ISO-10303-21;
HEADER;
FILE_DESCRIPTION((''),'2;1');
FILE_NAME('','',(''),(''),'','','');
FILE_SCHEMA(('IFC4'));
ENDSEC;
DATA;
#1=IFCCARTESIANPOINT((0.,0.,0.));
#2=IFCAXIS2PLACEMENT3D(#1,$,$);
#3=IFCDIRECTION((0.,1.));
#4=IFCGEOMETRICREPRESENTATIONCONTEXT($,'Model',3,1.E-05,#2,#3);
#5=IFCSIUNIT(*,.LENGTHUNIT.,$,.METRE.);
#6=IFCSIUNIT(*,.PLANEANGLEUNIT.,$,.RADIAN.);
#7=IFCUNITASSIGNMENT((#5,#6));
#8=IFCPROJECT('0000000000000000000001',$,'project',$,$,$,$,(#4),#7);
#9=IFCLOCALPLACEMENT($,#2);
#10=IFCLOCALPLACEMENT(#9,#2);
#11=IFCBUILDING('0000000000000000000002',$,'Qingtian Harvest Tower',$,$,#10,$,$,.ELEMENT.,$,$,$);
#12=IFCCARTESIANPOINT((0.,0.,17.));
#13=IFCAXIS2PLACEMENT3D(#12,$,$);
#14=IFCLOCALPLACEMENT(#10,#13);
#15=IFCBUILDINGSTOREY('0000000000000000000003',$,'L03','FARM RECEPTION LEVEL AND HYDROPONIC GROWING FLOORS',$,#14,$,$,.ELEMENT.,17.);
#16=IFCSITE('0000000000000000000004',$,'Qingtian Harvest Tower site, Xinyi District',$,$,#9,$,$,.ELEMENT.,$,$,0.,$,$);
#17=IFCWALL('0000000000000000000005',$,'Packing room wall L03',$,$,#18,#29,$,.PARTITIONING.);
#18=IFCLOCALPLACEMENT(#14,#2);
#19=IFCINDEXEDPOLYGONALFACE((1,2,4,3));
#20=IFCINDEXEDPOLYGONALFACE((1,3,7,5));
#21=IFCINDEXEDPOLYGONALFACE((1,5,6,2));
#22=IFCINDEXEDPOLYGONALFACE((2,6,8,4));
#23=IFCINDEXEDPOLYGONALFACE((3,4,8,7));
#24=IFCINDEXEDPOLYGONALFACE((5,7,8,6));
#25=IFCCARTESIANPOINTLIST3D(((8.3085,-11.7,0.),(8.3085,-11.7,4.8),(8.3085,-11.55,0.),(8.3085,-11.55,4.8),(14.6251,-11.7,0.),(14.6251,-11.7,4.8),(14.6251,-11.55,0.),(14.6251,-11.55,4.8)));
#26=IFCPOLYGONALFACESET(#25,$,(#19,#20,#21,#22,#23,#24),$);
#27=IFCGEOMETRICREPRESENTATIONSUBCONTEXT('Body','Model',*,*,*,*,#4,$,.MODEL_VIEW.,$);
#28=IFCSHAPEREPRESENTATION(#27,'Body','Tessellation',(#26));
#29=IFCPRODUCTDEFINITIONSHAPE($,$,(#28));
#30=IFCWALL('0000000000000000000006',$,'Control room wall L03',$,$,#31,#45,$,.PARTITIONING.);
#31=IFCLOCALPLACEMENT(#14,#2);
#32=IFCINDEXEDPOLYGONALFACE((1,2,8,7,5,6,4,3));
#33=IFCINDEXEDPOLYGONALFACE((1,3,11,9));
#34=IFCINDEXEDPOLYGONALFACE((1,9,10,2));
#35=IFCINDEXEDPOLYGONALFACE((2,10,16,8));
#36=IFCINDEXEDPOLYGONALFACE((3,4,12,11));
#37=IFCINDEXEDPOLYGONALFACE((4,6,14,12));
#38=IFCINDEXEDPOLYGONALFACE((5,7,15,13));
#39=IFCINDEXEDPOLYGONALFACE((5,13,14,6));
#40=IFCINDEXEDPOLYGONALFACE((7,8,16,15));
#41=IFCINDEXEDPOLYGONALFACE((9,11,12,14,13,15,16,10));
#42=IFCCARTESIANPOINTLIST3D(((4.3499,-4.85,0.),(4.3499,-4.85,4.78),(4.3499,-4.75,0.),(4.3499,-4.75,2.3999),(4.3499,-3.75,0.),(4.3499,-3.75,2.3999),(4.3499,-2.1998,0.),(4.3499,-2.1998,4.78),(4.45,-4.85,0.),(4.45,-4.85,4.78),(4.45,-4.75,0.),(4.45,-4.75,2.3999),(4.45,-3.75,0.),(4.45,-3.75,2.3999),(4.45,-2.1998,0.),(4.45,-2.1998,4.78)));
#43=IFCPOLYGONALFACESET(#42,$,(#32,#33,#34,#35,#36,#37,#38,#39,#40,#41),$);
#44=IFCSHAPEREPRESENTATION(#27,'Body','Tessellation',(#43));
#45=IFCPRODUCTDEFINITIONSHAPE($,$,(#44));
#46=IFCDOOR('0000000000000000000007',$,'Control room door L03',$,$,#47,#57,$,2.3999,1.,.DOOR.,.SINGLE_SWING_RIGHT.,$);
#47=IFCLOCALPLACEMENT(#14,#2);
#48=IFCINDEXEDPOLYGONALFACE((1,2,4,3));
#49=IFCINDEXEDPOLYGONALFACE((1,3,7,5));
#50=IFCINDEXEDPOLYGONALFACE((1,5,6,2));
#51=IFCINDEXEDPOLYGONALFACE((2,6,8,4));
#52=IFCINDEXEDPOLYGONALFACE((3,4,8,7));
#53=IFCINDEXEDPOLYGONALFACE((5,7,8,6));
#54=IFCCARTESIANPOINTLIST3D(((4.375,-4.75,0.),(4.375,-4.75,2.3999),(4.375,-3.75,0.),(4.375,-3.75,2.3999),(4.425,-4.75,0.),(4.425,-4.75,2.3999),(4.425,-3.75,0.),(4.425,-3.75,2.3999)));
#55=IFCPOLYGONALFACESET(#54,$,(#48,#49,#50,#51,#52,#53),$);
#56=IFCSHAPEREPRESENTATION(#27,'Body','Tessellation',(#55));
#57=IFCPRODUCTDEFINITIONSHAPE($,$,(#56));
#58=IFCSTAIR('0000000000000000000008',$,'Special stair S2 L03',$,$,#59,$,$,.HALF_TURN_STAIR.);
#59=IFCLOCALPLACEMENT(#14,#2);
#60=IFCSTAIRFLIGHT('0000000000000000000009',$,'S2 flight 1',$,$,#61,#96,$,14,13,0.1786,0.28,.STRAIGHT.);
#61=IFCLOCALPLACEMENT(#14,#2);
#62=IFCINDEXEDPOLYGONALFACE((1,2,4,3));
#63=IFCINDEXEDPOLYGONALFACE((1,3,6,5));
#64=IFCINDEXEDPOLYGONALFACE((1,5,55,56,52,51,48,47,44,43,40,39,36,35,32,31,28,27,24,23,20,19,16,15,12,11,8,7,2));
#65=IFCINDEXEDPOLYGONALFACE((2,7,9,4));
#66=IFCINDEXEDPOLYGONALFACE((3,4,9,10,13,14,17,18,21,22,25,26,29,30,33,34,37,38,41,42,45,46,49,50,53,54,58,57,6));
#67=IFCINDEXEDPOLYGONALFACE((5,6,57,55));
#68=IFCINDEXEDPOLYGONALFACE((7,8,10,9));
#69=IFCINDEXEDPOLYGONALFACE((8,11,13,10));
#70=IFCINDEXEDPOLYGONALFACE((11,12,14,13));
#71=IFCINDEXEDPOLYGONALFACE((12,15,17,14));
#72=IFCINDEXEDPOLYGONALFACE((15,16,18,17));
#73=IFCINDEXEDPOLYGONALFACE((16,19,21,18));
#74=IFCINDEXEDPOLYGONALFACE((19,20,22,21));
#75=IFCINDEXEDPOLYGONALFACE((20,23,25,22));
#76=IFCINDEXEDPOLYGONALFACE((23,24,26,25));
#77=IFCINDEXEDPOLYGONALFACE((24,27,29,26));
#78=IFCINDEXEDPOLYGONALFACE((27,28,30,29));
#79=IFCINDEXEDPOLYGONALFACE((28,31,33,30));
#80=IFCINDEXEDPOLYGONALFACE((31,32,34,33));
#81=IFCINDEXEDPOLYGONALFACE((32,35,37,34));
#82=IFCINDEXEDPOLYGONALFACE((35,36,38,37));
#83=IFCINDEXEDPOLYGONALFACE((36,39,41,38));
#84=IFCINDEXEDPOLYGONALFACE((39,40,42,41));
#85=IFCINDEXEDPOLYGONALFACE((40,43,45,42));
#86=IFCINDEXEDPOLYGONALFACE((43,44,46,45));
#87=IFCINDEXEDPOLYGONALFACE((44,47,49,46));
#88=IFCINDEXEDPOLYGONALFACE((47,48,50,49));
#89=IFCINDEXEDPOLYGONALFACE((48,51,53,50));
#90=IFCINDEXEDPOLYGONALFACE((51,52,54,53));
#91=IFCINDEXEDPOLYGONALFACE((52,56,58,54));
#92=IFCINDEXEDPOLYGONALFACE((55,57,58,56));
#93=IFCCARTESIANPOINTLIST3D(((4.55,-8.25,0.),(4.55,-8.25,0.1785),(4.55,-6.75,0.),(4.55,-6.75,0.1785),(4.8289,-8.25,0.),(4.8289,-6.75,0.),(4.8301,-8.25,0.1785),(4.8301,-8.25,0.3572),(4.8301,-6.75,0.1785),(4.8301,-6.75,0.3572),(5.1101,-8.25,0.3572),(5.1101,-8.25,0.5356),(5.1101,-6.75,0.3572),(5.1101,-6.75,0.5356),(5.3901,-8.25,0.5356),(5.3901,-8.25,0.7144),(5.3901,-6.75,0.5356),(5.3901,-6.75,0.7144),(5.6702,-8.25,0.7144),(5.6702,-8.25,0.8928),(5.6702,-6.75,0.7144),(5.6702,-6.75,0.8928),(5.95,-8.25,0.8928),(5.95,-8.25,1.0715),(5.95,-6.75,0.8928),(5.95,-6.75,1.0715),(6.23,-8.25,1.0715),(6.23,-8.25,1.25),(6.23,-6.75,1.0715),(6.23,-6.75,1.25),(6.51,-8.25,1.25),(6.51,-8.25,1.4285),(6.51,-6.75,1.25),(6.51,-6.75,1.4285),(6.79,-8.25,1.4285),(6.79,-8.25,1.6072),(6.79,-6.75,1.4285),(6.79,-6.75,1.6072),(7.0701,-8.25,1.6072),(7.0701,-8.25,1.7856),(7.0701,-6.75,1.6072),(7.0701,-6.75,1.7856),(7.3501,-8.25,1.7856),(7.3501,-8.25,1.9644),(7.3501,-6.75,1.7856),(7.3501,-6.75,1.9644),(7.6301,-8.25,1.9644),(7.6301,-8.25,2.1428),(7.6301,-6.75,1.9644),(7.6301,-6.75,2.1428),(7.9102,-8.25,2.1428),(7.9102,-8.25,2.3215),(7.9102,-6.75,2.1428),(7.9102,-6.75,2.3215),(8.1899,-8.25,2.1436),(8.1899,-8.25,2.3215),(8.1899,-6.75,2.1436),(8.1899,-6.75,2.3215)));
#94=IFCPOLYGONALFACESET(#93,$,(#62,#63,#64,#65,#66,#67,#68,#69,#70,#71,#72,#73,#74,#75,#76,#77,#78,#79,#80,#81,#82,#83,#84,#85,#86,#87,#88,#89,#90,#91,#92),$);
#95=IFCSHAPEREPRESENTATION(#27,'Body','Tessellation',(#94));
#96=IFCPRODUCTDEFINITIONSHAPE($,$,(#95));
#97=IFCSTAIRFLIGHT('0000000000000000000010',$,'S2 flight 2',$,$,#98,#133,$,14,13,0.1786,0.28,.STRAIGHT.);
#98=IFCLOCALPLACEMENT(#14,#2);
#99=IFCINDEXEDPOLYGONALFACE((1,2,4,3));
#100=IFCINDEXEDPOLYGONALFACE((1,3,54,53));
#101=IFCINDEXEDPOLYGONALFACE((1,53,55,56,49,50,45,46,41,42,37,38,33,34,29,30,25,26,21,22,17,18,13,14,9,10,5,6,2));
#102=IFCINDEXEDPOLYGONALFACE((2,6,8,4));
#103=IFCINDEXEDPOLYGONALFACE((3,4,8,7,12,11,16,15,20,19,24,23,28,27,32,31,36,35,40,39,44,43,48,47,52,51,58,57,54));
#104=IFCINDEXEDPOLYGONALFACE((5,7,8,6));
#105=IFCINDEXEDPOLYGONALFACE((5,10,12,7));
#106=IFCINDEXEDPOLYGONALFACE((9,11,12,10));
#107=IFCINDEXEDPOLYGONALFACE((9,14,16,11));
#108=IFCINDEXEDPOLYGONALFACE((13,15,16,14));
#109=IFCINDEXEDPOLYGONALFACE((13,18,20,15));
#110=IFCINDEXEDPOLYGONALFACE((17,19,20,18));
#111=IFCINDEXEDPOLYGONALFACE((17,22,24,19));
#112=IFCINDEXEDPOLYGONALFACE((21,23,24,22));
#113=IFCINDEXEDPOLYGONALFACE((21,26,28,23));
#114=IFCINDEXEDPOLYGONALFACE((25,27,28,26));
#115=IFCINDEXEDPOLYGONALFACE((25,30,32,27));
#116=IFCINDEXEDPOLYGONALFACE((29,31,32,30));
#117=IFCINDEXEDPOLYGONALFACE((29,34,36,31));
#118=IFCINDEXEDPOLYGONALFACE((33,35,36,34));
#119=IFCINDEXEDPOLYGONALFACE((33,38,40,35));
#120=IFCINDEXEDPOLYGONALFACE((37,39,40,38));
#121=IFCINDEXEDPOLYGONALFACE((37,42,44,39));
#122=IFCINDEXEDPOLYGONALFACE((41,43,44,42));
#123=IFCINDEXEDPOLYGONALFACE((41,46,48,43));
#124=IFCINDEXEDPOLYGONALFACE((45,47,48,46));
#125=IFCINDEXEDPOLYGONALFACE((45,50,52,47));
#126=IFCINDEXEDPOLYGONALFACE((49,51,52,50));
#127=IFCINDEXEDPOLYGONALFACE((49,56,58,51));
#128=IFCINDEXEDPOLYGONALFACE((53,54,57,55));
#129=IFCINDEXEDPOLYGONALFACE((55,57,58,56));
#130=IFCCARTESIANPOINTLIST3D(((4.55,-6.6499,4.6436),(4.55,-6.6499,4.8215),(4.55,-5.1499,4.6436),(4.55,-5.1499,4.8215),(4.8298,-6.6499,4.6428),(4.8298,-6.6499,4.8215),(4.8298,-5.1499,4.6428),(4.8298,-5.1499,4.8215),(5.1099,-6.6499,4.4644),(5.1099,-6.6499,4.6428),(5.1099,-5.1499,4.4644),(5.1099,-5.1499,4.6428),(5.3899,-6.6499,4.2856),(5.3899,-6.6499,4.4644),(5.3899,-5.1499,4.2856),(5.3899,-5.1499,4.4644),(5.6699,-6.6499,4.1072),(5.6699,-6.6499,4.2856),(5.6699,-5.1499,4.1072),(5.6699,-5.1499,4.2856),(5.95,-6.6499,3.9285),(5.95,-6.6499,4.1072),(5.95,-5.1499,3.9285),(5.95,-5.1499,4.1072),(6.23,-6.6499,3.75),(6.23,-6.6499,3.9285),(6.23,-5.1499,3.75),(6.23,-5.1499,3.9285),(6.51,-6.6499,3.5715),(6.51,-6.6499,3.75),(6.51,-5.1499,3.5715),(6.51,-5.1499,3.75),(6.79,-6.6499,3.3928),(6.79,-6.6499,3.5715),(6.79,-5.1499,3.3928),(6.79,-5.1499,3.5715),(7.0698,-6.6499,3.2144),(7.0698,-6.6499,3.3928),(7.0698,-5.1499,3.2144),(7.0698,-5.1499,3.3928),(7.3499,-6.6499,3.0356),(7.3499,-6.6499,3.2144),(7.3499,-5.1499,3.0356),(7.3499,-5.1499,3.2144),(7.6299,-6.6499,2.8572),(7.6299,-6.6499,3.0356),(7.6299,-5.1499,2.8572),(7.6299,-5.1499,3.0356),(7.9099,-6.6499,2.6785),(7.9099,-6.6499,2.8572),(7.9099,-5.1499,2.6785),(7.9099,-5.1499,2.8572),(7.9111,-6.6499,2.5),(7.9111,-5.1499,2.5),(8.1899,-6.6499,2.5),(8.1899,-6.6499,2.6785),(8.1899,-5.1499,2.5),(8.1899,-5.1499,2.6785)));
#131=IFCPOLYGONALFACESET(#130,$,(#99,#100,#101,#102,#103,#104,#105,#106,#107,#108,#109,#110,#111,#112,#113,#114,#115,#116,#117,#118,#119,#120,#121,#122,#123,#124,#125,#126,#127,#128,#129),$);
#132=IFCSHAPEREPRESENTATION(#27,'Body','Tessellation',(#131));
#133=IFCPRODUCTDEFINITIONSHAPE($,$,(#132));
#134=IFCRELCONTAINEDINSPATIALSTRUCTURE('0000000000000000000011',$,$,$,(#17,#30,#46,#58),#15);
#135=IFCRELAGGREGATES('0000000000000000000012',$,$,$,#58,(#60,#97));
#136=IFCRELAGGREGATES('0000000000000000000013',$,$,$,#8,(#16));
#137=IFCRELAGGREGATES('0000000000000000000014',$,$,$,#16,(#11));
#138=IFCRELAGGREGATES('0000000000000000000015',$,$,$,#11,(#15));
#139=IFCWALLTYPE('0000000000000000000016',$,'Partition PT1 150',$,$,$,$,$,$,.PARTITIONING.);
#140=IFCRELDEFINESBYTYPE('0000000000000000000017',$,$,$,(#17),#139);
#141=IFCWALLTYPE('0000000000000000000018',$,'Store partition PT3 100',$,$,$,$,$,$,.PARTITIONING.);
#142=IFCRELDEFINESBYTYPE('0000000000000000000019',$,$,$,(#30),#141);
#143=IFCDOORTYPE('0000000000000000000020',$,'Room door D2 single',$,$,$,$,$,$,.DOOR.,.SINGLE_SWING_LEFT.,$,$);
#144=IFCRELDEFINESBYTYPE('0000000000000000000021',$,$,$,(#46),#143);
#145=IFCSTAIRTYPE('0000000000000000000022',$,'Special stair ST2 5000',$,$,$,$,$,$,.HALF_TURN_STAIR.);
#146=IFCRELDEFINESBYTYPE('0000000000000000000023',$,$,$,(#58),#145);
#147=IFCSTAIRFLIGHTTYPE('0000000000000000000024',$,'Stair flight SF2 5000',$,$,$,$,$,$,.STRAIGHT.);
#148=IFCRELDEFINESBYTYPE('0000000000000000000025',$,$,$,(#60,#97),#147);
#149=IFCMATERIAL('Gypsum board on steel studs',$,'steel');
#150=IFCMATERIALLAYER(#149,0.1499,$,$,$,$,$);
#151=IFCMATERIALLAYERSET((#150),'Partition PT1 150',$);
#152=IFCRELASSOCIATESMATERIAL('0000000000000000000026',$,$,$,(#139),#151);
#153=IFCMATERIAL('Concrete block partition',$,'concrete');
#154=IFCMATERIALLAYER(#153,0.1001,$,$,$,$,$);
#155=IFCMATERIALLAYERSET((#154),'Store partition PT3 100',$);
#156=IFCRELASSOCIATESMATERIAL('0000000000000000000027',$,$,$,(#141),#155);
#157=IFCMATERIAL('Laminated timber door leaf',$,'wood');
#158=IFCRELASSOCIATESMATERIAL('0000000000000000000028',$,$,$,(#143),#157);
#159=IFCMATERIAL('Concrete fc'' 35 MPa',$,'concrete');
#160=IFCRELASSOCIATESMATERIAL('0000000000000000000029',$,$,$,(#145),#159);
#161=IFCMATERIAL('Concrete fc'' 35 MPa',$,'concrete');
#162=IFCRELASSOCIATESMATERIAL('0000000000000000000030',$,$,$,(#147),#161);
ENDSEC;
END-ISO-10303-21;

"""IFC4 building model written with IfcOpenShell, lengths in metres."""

from ifc_helpers import new_model, si_unit, direction, frame, frame_2d, origin, place, context, subcontext, project, spatial, polyline, rectangle, outline, extrude, material, layer, layer_set, type_object, element, fill, aggregate, save


model = new_model("IFC4")

# Units and contexts
model_context = context("Model", 3, precision=1e-05, world=origin(), true_north=direction((0.0, 1.0)))
body_context = subcontext(model_context, "Body", "Model", "MODEL_VIEW")
ifc_project = project(units=[si_unit("LENGTHUNIT", "METRE"), si_unit("PLANEANGLEUNIT", "RADIAN")], contexts=[model_context])

# Site, building, storey
site_placement = place(None, origin())
site = spatial("IfcSite", under=ifc_project, at=site_placement, Name="Qingtian Harvest Tower site, Xinyi District", CompositionType="ELEMENT", RefElevation=0.0)
building_placement = place(site_placement, origin())
building = spatial("IfcBuilding", under=site, at=building_placement, Name="Qingtian Harvest Tower", CompositionType="ELEMENT")
storey_placement = place(building_placement, frame((0.0, 0.0, 17.0)))
storey = spatial("IfcBuildingStorey", under=building, at=storey_placement, Name="L03", Description="FARM RECEPTION LEVEL AND HYDROPONIC GROWING FLOORS", CompositionType="ELEMENT", Elevation=17.0)

# Wall
ifc_material_1 = material(Name="Gypsum board on steel studs", Category="steel")
ifc_layer_1 = layer(ifc_material_1, 0.1499)
ifc_layer_set_1 = layer_set([ifc_layer_1], Name="Partition PT1 150")
wall_type_1 = type_object("IfcWallType", Name="Partition PT1 150", PredefinedType="PARTITIONING", material=ifc_layer_set_1)
wall_1_placement = place(storey_placement, frame((14.625, -11.625, 0.0), z_axis=(0.0, 0.0, 1.0), x_axis=(-1.0, 0.0, 0.0)))
element("IfcWall", 1, at=wall_1_placement, inside=storey, type_object=wall_type_1, Name="Packing room wall L03", PredefinedType="PARTITIONING", context=body_context, shape_type="SweptSolid", body=[
    extrude(rectangle(XDim=6.3167, YDim=0.1499, at=frame_2d((3.1582, 0.0))), origin(), (0.0, 0.0, 1.0), 4.8),
])

# Wall, opening, door
ifc_material_2 = material(Name="Concrete block partition", Category="concrete")
ifc_layer_2 = layer(ifc_material_2, 0.1001)
ifc_layer_set_2 = layer_set([ifc_layer_2], Name="Store partition PT3 100")
wall_type_2 = type_object("IfcWallType", Name="Store partition PT3 100", PredefinedType="PARTITIONING", material=ifc_layer_set_2)
wall_2_placement = place(storey_placement, frame((4.3999, -4.8501, 0.0), z_axis=(0.0, 0.0, 1.0), x_axis=(0.0, 1.0, 0.0)))
wall_2 = element("IfcWall", 2, at=wall_2_placement, inside=storey, type_object=wall_type_2, Name="Control room wall L03", PredefinedType="PARTITIONING", context=body_context, shape_type="SweptSolid", body=[
    extrude(rectangle(XDim=2.6501, YDim=0.1001, at=frame_2d((1.3252, 0.0))), origin(), (0.0, 0.0, 1.0), 4.78),
])
opening_1_placement = place(wall_2_placement, frame((0.1001, 0.0, 0.0)))
opening_1 = element("IfcOpeningElement", 3, at=opening_1_placement, cuts=wall_2, PredefinedType="OPENING", context=body_context, shape_type="SweptSolid", body=[
    extrude(rectangle(XDim=1.0, YDim=2.3999, at=frame_2d((0.5, 1.2))), frame((0.0, 0.0601, 0.0), z_axis=(0.0, -1.0, 0.0), x_axis=(1.0, 0.0, 0.0)), (0.0, 0.0, 1.0), 0.1201),
])
ifc_material_3 = material(Name="Laminated timber door leaf", Category="wood")
door_type_1 = type_object("IfcDoorType", Name="Room door D2 single", OperationType="SINGLE_SWING_LEFT", PredefinedType="DOOR", material=ifc_material_3)
door_1_placement = place(opening_1_placement, origin())
door_1 = element("IfcDoor", 4, at=door_1_placement, inside=storey, type_object=door_type_1, Name="Control room door L03", OperationType="SINGLE_SWING_RIGHT", OverallHeight=2.3999, OverallWidth=1.0, PredefinedType="DOOR", context=body_context, shape_type="SweptSolid", body=[
    extrude(rectangle(XDim=1.0, YDim=2.3999, at=frame_2d((0.5, 1.2))), frame((0.0, 0.0249, 0.0), z_axis=(0.0, -1.0, 0.0), x_axis=(1.0, 0.0, 0.0)), (0.0, 0.0, 1.0), 0.05),
])
fill(opening_1, door_1)

# Stair, stair flights
ifc_material_4 = material(Name="Concrete fc' 35 MPa", Category="concrete")
stair_type = type_object("IfcStairType", Name="Special stair ST2 5000", PredefinedType="HALF_TURN_STAIR", material=ifc_material_4)
stair_placement = place(storey_placement, origin())
stair = element("IfcStair", 5, at=stair_placement, inside=storey, type_object=stair_type, Name="Special stair S2 L03", PredefinedType="HALF_TURN_STAIR")
ifc_material_5 = material(Name="Concrete fc' 35 MPa", Category="concrete")
stair_flight_type = type_object("IfcStairFlightType", Name="Stair flight SF2 5000", PredefinedType="STRAIGHT", material=ifc_material_5)
stair_flight_1_placement = place(storey_placement, frame((4.55, -7.5, 0.0), z_axis=(0.0, 0.0, 1.0), x_axis=(1.0, 0.0, 0.0)))
stair_flight_1 = element("IfcStairFlight", 6, at=stair_flight_1_placement, type_object=stair_flight_type, Name="S2 flight 1", NumberOfRisers=14, NumberOfTreads=13, PredefinedType="STRAIGHT", RiserHeight=0.1786, TreadLength=0.28, context=body_context, shape_type="SweptSolid", body=[
    extrude(outline(polyline([(0.0, 0.0), (0.0, 0.1785), (0.28, 0.1785), (0.28, 0.3572), (0.5601, 0.3572), (0.5601, 0.5356), (0.8401, 0.5356), (0.8401, 0.7144), (1.1201, 0.7144), (1.1201, 0.8928), (1.3999, 0.8928), (1.3999, 1.0715), (1.6799, 1.0715), (1.6799, 1.25), (1.96, 1.25), (1.96, 1.4285), (2.24, 1.4285), (2.24, 1.6072), (2.52, 1.6072), (2.52, 1.7856), (2.8, 1.7856), (2.8, 1.9644), (3.0801, 1.9644), (3.0801, 2.1428), (3.3601, 2.1428), (3.3601, 2.3215), (3.6399, 2.3215), (3.6399, 2.5), (3.6399, 2.1436), (0.2788, 0.0), (0.0, 0.0)])), frame((0.0, 0.75, 0.0), z_axis=(0.0, -1.0, 0.0), x_axis=(1.0, 0.0, 0.0)), (0.0, 0.0, 1.0), 1.5),
])
stair_flight_2_placement = place(storey_placement, frame((8.1899, -5.8999, 2.5), z_axis=(0.0, 0.0, 1.0), x_axis=(-1.0, 0.0, 0.0)))
stair_flight_2 = element("IfcStairFlight", 7, at=stair_flight_2_placement, type_object=stair_flight_type, Name="S2 flight 2", NumberOfRisers=14, NumberOfTreads=13, PredefinedType="STRAIGHT", RiserHeight=0.1786, TreadLength=0.28, context=body_context, shape_type="SweptSolid", body=[
    extrude(outline(polyline([(0.0, 0.0), (0.0, 0.1785), (0.28, 0.1785), (0.28, 0.3572), (0.5601, 0.3572), (0.5601, 0.5356), (0.8401, 0.5356), (0.8401, 0.7144), (1.1201, 0.7144), (1.1201, 0.8928), (1.3999, 0.8928), (1.3999, 1.0715), (1.6799, 1.0715), (1.6799, 1.25), (1.96, 1.25), (1.96, 1.4285), (2.24, 1.4285), (2.24, 1.6072), (2.52, 1.6072), (2.52, 1.7856), (2.8, 1.7856), (2.8, 1.9644), (3.0801, 1.9644), (3.0801, 2.1428), (3.3601, 2.1428), (3.3601, 2.3215), (3.6399, 2.3215), (3.6399, 2.5), (3.6399, 2.1436), (0.2788, 0.0), (0.0, 0.0)])), frame((0.0, 0.75, 0.0), z_axis=(0.0, -1.0, 0.0), x_axis=(1.0, 0.0, 0.0)), (0.0, 0.0, 1.0), 1.5),
])
aggregate(stair, [stair_flight_1, stair_flight_2])

save(model, "model.ifc")
